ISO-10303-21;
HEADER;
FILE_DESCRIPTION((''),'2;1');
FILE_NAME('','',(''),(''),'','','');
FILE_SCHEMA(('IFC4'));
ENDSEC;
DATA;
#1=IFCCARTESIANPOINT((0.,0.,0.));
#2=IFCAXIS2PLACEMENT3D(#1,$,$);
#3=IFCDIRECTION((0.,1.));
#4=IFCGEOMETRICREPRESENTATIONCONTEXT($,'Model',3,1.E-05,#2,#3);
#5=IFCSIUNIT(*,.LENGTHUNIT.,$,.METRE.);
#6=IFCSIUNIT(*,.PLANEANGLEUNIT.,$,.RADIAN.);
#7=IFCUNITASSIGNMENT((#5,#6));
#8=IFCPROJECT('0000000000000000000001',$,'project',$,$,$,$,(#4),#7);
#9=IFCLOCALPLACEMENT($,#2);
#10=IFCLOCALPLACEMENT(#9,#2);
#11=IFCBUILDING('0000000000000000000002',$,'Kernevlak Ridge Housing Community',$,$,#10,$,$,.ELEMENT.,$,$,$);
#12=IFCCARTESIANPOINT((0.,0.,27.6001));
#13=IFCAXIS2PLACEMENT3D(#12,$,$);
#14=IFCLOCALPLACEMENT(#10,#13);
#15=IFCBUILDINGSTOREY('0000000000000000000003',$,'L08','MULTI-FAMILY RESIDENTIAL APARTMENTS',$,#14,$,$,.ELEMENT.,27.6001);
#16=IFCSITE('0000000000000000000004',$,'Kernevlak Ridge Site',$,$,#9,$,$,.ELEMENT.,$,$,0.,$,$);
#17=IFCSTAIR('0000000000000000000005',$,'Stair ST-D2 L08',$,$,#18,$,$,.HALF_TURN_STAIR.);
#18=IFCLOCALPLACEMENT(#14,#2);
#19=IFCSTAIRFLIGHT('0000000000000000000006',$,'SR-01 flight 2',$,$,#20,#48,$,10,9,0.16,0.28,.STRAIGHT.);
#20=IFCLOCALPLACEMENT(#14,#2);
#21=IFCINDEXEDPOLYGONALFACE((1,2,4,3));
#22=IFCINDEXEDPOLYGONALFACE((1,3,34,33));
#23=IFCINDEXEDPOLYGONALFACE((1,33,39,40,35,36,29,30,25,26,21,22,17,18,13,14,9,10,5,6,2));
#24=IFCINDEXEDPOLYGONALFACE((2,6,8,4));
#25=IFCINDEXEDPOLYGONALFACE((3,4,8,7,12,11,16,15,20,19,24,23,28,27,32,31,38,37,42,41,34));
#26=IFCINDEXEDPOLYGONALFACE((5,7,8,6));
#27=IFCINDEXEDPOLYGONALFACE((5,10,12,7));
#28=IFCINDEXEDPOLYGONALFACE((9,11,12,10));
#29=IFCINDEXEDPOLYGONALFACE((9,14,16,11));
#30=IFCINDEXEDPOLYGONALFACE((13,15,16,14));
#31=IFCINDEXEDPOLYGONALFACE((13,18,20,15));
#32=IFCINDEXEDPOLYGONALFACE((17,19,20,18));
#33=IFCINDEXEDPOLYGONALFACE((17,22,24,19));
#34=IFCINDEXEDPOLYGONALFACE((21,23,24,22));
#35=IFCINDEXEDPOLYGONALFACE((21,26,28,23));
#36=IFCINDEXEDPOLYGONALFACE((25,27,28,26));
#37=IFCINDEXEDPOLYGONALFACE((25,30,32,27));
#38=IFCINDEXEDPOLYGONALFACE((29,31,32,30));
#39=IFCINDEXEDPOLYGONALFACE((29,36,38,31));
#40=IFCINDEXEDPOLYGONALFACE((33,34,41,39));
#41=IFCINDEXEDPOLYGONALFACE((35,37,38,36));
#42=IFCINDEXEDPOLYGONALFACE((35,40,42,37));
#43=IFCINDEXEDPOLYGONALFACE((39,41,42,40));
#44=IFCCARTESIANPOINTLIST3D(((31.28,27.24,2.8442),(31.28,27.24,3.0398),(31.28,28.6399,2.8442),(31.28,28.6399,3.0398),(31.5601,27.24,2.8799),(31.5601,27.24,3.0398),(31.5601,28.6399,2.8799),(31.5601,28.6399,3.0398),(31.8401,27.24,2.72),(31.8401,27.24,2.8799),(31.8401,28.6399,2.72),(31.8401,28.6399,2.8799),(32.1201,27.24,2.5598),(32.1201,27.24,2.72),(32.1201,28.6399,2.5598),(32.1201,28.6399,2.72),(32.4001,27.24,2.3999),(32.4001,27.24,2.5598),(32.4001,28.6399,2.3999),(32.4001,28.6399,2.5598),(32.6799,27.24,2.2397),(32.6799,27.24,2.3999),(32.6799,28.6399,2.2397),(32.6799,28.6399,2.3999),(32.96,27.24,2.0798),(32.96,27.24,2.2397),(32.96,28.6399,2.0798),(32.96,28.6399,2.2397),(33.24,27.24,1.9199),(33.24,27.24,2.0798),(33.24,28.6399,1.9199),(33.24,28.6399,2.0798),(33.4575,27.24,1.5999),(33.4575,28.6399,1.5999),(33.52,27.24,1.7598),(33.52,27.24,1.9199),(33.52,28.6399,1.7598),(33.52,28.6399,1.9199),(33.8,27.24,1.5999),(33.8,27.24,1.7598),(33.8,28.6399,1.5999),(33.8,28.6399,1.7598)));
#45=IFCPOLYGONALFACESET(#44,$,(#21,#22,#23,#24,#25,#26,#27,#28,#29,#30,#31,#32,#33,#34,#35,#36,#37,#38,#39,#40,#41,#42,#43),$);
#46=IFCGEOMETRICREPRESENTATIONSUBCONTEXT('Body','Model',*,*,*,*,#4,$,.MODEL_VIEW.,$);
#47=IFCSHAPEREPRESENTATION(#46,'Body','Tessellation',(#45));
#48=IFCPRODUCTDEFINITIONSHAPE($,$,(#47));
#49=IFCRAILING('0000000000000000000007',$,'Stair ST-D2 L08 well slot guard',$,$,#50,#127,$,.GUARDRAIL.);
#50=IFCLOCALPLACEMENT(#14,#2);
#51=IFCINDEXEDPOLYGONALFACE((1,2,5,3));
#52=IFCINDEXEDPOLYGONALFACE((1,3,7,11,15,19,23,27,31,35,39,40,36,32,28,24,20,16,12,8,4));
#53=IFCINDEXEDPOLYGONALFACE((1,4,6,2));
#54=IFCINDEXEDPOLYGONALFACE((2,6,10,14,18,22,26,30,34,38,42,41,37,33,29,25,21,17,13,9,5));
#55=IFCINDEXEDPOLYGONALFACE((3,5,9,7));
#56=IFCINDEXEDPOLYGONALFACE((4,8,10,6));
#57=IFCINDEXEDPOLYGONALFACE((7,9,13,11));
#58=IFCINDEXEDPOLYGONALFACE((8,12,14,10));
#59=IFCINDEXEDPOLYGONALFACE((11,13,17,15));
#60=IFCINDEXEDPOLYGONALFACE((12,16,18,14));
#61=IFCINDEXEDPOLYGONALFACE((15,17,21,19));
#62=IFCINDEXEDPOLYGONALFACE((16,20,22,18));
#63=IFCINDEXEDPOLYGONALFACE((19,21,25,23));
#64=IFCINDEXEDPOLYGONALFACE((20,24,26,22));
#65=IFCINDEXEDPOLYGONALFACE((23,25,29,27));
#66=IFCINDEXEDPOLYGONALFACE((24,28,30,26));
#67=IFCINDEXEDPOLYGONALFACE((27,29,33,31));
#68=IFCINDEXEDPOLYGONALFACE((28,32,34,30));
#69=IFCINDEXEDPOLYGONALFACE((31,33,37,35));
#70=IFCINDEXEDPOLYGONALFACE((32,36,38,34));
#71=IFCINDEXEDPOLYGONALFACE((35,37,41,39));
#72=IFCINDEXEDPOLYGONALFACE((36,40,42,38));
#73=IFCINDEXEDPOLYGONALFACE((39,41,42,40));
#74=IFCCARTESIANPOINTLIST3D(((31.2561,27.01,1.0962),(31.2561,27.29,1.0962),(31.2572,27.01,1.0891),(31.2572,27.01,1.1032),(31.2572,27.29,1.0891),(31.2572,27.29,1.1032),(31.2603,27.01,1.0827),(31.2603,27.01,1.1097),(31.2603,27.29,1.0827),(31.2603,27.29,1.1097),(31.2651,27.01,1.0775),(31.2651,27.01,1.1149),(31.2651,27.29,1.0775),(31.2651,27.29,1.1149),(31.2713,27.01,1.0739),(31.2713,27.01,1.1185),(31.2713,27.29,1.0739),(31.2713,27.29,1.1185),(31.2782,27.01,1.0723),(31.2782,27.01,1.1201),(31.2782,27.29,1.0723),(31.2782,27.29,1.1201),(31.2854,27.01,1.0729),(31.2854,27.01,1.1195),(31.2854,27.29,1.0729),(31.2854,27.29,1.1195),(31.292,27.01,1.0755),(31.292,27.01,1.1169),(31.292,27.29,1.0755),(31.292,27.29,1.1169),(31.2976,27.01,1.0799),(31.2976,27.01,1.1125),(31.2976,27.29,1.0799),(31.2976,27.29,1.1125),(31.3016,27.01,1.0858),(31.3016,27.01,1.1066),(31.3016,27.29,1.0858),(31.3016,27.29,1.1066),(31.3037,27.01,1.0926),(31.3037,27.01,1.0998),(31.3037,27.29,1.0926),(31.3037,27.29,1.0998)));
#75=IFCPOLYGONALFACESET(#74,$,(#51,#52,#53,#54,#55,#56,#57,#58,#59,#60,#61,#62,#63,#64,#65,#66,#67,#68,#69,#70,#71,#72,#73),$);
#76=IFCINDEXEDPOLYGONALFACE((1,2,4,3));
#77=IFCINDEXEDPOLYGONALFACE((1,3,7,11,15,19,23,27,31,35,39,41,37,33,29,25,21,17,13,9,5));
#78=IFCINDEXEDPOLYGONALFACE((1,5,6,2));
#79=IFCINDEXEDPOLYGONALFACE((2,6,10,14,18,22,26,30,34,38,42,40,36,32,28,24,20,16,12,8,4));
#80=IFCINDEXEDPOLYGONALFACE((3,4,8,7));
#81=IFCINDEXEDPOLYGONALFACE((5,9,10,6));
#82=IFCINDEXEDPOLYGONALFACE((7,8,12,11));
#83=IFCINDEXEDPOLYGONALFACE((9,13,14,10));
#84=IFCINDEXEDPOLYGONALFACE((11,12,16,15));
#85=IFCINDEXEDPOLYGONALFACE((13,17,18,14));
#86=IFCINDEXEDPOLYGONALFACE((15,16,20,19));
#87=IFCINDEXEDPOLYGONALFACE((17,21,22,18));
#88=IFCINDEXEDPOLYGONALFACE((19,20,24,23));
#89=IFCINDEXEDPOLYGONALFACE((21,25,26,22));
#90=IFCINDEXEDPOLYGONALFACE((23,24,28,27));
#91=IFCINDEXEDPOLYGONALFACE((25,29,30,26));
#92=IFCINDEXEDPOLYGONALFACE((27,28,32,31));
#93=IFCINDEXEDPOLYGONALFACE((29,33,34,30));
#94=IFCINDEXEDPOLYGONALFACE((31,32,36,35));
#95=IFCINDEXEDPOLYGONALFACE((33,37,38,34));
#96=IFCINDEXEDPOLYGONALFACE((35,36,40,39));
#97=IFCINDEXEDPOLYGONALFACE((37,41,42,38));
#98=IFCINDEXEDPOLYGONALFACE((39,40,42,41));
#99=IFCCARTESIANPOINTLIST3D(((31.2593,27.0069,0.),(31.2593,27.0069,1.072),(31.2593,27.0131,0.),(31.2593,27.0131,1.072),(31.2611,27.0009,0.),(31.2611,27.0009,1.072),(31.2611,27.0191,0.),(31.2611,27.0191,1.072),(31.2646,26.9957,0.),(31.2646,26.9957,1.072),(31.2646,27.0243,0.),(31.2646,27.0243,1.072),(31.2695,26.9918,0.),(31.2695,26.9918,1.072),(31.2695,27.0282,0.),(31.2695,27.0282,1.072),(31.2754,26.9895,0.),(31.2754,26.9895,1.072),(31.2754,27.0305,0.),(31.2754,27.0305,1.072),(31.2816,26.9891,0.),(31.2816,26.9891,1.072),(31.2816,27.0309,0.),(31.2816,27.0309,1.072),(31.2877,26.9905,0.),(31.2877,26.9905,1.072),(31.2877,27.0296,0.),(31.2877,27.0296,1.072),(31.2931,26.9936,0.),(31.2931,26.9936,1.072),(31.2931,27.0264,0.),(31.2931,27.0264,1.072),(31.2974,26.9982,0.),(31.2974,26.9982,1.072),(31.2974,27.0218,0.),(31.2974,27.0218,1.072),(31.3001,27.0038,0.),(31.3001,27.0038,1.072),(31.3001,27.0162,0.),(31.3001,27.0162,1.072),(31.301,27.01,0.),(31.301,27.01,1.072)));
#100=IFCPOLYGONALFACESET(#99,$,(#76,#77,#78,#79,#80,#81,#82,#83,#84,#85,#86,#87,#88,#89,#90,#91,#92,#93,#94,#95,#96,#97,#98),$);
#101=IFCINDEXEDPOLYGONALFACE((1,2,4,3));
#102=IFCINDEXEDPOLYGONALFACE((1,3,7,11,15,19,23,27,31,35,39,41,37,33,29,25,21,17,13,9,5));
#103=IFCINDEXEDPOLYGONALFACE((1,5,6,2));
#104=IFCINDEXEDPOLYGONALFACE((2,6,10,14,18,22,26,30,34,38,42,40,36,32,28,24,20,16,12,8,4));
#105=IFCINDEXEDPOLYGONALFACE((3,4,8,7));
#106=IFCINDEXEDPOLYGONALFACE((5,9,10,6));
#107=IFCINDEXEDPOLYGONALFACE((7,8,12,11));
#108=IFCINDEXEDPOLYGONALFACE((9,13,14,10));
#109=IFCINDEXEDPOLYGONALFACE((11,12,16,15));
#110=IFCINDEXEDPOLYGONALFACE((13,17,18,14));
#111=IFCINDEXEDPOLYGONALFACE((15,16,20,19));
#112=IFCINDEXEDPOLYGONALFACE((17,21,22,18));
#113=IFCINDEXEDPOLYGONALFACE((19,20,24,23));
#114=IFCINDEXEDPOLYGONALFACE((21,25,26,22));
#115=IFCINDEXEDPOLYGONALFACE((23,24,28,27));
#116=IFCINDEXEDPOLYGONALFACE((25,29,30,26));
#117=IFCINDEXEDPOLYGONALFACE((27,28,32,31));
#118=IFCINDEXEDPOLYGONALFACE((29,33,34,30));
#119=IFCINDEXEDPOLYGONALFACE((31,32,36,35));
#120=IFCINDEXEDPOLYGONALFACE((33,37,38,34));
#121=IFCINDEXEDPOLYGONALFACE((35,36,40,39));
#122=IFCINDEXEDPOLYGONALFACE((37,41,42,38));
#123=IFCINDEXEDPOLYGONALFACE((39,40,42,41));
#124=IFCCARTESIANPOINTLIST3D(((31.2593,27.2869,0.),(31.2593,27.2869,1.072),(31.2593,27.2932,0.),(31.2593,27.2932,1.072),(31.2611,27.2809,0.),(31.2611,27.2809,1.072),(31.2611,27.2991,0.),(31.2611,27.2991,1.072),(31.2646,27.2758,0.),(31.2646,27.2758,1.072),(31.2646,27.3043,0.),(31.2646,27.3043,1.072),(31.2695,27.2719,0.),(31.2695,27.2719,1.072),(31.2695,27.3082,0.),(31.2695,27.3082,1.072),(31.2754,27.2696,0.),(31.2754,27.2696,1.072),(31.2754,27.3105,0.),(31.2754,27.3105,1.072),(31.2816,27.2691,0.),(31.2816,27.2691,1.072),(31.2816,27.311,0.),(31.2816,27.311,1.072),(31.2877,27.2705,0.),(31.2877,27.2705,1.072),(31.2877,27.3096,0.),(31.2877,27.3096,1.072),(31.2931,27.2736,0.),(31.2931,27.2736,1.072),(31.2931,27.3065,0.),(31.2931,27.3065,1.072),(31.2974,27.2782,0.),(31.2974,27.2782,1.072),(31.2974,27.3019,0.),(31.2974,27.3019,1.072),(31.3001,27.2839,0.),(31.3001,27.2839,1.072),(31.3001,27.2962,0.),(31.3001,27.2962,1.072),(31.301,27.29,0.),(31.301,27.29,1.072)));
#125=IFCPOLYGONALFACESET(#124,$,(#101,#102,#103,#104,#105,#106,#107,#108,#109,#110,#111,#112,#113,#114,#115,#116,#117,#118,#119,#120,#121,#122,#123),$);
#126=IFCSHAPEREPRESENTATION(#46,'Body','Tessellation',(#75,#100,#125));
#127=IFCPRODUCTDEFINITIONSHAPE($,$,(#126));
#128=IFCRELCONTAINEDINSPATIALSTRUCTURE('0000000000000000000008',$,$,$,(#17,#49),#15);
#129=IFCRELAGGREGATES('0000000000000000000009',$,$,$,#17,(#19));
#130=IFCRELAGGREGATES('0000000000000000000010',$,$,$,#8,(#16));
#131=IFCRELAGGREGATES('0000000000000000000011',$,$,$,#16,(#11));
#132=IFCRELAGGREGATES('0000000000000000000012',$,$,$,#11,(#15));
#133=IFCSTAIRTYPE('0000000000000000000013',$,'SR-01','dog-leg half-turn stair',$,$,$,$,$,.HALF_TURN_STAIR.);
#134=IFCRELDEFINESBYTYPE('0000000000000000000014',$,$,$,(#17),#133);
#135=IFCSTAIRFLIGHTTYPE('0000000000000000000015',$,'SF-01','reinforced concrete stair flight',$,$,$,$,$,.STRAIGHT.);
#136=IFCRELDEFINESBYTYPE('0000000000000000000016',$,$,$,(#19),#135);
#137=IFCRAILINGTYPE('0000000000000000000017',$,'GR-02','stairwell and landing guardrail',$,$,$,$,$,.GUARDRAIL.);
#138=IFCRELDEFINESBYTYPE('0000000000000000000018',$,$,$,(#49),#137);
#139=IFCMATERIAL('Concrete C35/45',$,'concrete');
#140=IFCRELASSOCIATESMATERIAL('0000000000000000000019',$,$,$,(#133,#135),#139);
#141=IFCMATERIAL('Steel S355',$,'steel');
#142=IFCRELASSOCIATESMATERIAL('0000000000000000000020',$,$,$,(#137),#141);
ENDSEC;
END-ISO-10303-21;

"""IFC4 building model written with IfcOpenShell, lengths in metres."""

from ifc_helpers import new_model, si_unit, direction, frame, origin, origin_2d, place, context, subcontext, project, spatial, polyline, circle, outline, extrude, material, type_object, element, aggregate, save


model = new_model("IFC4")

# Units and contexts
model_context = context("Model", 3, precision=1e-05, world=origin(), true_north=direction((0.0, 1.0)))
body_context = subcontext(model_context, "Body", "Model", "MODEL_VIEW")
ifc_project = project(units=[si_unit("LENGTHUNIT", "METRE"), si_unit("PLANEANGLEUNIT", "RADIAN")], contexts=[model_context])

# Site, building, storey
site_placement = place(None, origin())
site = spatial("IfcSite", under=ifc_project, at=site_placement, Name="Kernevlak Ridge Site", CompositionType="ELEMENT", RefElevation=0.0)
building_placement = place(site_placement, origin())
building = spatial("IfcBuilding", under=site, at=building_placement, Name="Kernevlak Ridge Housing Community", CompositionType="ELEMENT")
storey_placement = place(building_placement, frame((0.0, 0.0, 27.6001)))
storey = spatial("IfcBuildingStorey", under=building, at=storey_placement, Name="L08", Description="MULTI-FAMILY RESIDENTIAL APARTMENTS", CompositionType="ELEMENT", Elevation=27.6001)

# Shared definitions
ifc_material_1 = material(Name="Concrete C35/45", Category="concrete")

# Stair, stair flight
stair_type = type_object("IfcStairType", Name="SR-01", Description="dog-leg half-turn stair", PredefinedType="HALF_TURN_STAIR", material=ifc_material_1)
stair_placement = place(storey_placement, origin())
stair = element("IfcStair", 1, at=stair_placement, inside=storey, type_object=stair_type, Name="Stair ST-D2 L08", PredefinedType="HALF_TURN_STAIR")
stair_flight_type = type_object("IfcStairFlightType", Name="SF-01", Description="reinforced concrete stair flight", PredefinedType="STRAIGHT", material=ifc_material_1)
stair_flight_1_placement = place(storey_placement, frame((33.8, 27.9399, 1.5999), z_axis=(0.0, 0.0, 1.0), x_axis=(-1.0, 0.0, 0.0)))
stair_flight_1 = element("IfcStairFlight", 2, at=stair_flight_1_placement, type_object=stair_flight_type, Name="SR-01 flight 2", NumberOfRisers=10, NumberOfTreads=9, PredefinedType="STRAIGHT", RiserHeight=0.16, TreadLength=0.28, context=body_context, shape_type="SweptSolid", body=[
    extrude(outline(polyline([(0.0, 0.0), (0.0, 0.1599), (0.28, 0.1599), (0.28, 0.3201), (0.5601, 0.3201), (0.5601, 0.48), (0.8401, 0.48), (0.8401, 0.6399), (1.1201, 0.6399), (1.1201, 0.8), (1.3999, 0.8), (1.3999, 0.96), (1.6799, 0.96), (1.6799, 1.1201), (1.96, 1.1201), (1.96, 1.28), (2.24, 1.28), (2.24, 1.4399), (2.52, 1.4399), (2.52, 1.6001), (2.52, 1.2444), (0.3425, 0.0), (0.0, 0.0)])), frame((0.0, 0.7, 0.0), z_axis=(0.0, -1.0, 0.0), x_axis=(1.0, 0.0, 0.0)), (0.0, 0.0, 1.0), 1.3999),
])
aggregate(stair, [stair_flight_1])

# Railing
ifc_material_2 = material(Name="Steel S355", Category="steel")
railing_type_1 = type_object("IfcRailingType", Name="GR-02", Description="stairwell and landing guardrail", PredefinedType="GUARDRAIL", material=ifc_material_2)
railing_1_placement = place(storey_placement, frame((31.28, 27.01, 0.0)))
element("IfcRailing", 3, at=railing_1_placement, inside=storey, type_object=railing_type_1, Name="Stair ST-D2 L08 well slot guard", PredefinedType="GUARDRAIL", context=body_context, shape_type="SweptSolid", body=[
    extrude(circle(Radius=0.0239, at=origin_2d()), frame((0.0, 0.0, 1.0962), z_axis=(0.0, 1.0, 0.0), x_axis=(-1.0, 0.0, 0.0)), (0.0, 0.0, 1.0), 0.28),
    extrude(circle(Radius=0.021, at=origin_2d()), origin(), (0.0, 0.0, 1.0), 1.072),
    extrude(circle(Radius=0.021, at=origin_2d()), frame((0.0, 0.28, 0.0)), (0.0, 0.0, 1.0), 1.072),
])

save(model, "model.ifc")
